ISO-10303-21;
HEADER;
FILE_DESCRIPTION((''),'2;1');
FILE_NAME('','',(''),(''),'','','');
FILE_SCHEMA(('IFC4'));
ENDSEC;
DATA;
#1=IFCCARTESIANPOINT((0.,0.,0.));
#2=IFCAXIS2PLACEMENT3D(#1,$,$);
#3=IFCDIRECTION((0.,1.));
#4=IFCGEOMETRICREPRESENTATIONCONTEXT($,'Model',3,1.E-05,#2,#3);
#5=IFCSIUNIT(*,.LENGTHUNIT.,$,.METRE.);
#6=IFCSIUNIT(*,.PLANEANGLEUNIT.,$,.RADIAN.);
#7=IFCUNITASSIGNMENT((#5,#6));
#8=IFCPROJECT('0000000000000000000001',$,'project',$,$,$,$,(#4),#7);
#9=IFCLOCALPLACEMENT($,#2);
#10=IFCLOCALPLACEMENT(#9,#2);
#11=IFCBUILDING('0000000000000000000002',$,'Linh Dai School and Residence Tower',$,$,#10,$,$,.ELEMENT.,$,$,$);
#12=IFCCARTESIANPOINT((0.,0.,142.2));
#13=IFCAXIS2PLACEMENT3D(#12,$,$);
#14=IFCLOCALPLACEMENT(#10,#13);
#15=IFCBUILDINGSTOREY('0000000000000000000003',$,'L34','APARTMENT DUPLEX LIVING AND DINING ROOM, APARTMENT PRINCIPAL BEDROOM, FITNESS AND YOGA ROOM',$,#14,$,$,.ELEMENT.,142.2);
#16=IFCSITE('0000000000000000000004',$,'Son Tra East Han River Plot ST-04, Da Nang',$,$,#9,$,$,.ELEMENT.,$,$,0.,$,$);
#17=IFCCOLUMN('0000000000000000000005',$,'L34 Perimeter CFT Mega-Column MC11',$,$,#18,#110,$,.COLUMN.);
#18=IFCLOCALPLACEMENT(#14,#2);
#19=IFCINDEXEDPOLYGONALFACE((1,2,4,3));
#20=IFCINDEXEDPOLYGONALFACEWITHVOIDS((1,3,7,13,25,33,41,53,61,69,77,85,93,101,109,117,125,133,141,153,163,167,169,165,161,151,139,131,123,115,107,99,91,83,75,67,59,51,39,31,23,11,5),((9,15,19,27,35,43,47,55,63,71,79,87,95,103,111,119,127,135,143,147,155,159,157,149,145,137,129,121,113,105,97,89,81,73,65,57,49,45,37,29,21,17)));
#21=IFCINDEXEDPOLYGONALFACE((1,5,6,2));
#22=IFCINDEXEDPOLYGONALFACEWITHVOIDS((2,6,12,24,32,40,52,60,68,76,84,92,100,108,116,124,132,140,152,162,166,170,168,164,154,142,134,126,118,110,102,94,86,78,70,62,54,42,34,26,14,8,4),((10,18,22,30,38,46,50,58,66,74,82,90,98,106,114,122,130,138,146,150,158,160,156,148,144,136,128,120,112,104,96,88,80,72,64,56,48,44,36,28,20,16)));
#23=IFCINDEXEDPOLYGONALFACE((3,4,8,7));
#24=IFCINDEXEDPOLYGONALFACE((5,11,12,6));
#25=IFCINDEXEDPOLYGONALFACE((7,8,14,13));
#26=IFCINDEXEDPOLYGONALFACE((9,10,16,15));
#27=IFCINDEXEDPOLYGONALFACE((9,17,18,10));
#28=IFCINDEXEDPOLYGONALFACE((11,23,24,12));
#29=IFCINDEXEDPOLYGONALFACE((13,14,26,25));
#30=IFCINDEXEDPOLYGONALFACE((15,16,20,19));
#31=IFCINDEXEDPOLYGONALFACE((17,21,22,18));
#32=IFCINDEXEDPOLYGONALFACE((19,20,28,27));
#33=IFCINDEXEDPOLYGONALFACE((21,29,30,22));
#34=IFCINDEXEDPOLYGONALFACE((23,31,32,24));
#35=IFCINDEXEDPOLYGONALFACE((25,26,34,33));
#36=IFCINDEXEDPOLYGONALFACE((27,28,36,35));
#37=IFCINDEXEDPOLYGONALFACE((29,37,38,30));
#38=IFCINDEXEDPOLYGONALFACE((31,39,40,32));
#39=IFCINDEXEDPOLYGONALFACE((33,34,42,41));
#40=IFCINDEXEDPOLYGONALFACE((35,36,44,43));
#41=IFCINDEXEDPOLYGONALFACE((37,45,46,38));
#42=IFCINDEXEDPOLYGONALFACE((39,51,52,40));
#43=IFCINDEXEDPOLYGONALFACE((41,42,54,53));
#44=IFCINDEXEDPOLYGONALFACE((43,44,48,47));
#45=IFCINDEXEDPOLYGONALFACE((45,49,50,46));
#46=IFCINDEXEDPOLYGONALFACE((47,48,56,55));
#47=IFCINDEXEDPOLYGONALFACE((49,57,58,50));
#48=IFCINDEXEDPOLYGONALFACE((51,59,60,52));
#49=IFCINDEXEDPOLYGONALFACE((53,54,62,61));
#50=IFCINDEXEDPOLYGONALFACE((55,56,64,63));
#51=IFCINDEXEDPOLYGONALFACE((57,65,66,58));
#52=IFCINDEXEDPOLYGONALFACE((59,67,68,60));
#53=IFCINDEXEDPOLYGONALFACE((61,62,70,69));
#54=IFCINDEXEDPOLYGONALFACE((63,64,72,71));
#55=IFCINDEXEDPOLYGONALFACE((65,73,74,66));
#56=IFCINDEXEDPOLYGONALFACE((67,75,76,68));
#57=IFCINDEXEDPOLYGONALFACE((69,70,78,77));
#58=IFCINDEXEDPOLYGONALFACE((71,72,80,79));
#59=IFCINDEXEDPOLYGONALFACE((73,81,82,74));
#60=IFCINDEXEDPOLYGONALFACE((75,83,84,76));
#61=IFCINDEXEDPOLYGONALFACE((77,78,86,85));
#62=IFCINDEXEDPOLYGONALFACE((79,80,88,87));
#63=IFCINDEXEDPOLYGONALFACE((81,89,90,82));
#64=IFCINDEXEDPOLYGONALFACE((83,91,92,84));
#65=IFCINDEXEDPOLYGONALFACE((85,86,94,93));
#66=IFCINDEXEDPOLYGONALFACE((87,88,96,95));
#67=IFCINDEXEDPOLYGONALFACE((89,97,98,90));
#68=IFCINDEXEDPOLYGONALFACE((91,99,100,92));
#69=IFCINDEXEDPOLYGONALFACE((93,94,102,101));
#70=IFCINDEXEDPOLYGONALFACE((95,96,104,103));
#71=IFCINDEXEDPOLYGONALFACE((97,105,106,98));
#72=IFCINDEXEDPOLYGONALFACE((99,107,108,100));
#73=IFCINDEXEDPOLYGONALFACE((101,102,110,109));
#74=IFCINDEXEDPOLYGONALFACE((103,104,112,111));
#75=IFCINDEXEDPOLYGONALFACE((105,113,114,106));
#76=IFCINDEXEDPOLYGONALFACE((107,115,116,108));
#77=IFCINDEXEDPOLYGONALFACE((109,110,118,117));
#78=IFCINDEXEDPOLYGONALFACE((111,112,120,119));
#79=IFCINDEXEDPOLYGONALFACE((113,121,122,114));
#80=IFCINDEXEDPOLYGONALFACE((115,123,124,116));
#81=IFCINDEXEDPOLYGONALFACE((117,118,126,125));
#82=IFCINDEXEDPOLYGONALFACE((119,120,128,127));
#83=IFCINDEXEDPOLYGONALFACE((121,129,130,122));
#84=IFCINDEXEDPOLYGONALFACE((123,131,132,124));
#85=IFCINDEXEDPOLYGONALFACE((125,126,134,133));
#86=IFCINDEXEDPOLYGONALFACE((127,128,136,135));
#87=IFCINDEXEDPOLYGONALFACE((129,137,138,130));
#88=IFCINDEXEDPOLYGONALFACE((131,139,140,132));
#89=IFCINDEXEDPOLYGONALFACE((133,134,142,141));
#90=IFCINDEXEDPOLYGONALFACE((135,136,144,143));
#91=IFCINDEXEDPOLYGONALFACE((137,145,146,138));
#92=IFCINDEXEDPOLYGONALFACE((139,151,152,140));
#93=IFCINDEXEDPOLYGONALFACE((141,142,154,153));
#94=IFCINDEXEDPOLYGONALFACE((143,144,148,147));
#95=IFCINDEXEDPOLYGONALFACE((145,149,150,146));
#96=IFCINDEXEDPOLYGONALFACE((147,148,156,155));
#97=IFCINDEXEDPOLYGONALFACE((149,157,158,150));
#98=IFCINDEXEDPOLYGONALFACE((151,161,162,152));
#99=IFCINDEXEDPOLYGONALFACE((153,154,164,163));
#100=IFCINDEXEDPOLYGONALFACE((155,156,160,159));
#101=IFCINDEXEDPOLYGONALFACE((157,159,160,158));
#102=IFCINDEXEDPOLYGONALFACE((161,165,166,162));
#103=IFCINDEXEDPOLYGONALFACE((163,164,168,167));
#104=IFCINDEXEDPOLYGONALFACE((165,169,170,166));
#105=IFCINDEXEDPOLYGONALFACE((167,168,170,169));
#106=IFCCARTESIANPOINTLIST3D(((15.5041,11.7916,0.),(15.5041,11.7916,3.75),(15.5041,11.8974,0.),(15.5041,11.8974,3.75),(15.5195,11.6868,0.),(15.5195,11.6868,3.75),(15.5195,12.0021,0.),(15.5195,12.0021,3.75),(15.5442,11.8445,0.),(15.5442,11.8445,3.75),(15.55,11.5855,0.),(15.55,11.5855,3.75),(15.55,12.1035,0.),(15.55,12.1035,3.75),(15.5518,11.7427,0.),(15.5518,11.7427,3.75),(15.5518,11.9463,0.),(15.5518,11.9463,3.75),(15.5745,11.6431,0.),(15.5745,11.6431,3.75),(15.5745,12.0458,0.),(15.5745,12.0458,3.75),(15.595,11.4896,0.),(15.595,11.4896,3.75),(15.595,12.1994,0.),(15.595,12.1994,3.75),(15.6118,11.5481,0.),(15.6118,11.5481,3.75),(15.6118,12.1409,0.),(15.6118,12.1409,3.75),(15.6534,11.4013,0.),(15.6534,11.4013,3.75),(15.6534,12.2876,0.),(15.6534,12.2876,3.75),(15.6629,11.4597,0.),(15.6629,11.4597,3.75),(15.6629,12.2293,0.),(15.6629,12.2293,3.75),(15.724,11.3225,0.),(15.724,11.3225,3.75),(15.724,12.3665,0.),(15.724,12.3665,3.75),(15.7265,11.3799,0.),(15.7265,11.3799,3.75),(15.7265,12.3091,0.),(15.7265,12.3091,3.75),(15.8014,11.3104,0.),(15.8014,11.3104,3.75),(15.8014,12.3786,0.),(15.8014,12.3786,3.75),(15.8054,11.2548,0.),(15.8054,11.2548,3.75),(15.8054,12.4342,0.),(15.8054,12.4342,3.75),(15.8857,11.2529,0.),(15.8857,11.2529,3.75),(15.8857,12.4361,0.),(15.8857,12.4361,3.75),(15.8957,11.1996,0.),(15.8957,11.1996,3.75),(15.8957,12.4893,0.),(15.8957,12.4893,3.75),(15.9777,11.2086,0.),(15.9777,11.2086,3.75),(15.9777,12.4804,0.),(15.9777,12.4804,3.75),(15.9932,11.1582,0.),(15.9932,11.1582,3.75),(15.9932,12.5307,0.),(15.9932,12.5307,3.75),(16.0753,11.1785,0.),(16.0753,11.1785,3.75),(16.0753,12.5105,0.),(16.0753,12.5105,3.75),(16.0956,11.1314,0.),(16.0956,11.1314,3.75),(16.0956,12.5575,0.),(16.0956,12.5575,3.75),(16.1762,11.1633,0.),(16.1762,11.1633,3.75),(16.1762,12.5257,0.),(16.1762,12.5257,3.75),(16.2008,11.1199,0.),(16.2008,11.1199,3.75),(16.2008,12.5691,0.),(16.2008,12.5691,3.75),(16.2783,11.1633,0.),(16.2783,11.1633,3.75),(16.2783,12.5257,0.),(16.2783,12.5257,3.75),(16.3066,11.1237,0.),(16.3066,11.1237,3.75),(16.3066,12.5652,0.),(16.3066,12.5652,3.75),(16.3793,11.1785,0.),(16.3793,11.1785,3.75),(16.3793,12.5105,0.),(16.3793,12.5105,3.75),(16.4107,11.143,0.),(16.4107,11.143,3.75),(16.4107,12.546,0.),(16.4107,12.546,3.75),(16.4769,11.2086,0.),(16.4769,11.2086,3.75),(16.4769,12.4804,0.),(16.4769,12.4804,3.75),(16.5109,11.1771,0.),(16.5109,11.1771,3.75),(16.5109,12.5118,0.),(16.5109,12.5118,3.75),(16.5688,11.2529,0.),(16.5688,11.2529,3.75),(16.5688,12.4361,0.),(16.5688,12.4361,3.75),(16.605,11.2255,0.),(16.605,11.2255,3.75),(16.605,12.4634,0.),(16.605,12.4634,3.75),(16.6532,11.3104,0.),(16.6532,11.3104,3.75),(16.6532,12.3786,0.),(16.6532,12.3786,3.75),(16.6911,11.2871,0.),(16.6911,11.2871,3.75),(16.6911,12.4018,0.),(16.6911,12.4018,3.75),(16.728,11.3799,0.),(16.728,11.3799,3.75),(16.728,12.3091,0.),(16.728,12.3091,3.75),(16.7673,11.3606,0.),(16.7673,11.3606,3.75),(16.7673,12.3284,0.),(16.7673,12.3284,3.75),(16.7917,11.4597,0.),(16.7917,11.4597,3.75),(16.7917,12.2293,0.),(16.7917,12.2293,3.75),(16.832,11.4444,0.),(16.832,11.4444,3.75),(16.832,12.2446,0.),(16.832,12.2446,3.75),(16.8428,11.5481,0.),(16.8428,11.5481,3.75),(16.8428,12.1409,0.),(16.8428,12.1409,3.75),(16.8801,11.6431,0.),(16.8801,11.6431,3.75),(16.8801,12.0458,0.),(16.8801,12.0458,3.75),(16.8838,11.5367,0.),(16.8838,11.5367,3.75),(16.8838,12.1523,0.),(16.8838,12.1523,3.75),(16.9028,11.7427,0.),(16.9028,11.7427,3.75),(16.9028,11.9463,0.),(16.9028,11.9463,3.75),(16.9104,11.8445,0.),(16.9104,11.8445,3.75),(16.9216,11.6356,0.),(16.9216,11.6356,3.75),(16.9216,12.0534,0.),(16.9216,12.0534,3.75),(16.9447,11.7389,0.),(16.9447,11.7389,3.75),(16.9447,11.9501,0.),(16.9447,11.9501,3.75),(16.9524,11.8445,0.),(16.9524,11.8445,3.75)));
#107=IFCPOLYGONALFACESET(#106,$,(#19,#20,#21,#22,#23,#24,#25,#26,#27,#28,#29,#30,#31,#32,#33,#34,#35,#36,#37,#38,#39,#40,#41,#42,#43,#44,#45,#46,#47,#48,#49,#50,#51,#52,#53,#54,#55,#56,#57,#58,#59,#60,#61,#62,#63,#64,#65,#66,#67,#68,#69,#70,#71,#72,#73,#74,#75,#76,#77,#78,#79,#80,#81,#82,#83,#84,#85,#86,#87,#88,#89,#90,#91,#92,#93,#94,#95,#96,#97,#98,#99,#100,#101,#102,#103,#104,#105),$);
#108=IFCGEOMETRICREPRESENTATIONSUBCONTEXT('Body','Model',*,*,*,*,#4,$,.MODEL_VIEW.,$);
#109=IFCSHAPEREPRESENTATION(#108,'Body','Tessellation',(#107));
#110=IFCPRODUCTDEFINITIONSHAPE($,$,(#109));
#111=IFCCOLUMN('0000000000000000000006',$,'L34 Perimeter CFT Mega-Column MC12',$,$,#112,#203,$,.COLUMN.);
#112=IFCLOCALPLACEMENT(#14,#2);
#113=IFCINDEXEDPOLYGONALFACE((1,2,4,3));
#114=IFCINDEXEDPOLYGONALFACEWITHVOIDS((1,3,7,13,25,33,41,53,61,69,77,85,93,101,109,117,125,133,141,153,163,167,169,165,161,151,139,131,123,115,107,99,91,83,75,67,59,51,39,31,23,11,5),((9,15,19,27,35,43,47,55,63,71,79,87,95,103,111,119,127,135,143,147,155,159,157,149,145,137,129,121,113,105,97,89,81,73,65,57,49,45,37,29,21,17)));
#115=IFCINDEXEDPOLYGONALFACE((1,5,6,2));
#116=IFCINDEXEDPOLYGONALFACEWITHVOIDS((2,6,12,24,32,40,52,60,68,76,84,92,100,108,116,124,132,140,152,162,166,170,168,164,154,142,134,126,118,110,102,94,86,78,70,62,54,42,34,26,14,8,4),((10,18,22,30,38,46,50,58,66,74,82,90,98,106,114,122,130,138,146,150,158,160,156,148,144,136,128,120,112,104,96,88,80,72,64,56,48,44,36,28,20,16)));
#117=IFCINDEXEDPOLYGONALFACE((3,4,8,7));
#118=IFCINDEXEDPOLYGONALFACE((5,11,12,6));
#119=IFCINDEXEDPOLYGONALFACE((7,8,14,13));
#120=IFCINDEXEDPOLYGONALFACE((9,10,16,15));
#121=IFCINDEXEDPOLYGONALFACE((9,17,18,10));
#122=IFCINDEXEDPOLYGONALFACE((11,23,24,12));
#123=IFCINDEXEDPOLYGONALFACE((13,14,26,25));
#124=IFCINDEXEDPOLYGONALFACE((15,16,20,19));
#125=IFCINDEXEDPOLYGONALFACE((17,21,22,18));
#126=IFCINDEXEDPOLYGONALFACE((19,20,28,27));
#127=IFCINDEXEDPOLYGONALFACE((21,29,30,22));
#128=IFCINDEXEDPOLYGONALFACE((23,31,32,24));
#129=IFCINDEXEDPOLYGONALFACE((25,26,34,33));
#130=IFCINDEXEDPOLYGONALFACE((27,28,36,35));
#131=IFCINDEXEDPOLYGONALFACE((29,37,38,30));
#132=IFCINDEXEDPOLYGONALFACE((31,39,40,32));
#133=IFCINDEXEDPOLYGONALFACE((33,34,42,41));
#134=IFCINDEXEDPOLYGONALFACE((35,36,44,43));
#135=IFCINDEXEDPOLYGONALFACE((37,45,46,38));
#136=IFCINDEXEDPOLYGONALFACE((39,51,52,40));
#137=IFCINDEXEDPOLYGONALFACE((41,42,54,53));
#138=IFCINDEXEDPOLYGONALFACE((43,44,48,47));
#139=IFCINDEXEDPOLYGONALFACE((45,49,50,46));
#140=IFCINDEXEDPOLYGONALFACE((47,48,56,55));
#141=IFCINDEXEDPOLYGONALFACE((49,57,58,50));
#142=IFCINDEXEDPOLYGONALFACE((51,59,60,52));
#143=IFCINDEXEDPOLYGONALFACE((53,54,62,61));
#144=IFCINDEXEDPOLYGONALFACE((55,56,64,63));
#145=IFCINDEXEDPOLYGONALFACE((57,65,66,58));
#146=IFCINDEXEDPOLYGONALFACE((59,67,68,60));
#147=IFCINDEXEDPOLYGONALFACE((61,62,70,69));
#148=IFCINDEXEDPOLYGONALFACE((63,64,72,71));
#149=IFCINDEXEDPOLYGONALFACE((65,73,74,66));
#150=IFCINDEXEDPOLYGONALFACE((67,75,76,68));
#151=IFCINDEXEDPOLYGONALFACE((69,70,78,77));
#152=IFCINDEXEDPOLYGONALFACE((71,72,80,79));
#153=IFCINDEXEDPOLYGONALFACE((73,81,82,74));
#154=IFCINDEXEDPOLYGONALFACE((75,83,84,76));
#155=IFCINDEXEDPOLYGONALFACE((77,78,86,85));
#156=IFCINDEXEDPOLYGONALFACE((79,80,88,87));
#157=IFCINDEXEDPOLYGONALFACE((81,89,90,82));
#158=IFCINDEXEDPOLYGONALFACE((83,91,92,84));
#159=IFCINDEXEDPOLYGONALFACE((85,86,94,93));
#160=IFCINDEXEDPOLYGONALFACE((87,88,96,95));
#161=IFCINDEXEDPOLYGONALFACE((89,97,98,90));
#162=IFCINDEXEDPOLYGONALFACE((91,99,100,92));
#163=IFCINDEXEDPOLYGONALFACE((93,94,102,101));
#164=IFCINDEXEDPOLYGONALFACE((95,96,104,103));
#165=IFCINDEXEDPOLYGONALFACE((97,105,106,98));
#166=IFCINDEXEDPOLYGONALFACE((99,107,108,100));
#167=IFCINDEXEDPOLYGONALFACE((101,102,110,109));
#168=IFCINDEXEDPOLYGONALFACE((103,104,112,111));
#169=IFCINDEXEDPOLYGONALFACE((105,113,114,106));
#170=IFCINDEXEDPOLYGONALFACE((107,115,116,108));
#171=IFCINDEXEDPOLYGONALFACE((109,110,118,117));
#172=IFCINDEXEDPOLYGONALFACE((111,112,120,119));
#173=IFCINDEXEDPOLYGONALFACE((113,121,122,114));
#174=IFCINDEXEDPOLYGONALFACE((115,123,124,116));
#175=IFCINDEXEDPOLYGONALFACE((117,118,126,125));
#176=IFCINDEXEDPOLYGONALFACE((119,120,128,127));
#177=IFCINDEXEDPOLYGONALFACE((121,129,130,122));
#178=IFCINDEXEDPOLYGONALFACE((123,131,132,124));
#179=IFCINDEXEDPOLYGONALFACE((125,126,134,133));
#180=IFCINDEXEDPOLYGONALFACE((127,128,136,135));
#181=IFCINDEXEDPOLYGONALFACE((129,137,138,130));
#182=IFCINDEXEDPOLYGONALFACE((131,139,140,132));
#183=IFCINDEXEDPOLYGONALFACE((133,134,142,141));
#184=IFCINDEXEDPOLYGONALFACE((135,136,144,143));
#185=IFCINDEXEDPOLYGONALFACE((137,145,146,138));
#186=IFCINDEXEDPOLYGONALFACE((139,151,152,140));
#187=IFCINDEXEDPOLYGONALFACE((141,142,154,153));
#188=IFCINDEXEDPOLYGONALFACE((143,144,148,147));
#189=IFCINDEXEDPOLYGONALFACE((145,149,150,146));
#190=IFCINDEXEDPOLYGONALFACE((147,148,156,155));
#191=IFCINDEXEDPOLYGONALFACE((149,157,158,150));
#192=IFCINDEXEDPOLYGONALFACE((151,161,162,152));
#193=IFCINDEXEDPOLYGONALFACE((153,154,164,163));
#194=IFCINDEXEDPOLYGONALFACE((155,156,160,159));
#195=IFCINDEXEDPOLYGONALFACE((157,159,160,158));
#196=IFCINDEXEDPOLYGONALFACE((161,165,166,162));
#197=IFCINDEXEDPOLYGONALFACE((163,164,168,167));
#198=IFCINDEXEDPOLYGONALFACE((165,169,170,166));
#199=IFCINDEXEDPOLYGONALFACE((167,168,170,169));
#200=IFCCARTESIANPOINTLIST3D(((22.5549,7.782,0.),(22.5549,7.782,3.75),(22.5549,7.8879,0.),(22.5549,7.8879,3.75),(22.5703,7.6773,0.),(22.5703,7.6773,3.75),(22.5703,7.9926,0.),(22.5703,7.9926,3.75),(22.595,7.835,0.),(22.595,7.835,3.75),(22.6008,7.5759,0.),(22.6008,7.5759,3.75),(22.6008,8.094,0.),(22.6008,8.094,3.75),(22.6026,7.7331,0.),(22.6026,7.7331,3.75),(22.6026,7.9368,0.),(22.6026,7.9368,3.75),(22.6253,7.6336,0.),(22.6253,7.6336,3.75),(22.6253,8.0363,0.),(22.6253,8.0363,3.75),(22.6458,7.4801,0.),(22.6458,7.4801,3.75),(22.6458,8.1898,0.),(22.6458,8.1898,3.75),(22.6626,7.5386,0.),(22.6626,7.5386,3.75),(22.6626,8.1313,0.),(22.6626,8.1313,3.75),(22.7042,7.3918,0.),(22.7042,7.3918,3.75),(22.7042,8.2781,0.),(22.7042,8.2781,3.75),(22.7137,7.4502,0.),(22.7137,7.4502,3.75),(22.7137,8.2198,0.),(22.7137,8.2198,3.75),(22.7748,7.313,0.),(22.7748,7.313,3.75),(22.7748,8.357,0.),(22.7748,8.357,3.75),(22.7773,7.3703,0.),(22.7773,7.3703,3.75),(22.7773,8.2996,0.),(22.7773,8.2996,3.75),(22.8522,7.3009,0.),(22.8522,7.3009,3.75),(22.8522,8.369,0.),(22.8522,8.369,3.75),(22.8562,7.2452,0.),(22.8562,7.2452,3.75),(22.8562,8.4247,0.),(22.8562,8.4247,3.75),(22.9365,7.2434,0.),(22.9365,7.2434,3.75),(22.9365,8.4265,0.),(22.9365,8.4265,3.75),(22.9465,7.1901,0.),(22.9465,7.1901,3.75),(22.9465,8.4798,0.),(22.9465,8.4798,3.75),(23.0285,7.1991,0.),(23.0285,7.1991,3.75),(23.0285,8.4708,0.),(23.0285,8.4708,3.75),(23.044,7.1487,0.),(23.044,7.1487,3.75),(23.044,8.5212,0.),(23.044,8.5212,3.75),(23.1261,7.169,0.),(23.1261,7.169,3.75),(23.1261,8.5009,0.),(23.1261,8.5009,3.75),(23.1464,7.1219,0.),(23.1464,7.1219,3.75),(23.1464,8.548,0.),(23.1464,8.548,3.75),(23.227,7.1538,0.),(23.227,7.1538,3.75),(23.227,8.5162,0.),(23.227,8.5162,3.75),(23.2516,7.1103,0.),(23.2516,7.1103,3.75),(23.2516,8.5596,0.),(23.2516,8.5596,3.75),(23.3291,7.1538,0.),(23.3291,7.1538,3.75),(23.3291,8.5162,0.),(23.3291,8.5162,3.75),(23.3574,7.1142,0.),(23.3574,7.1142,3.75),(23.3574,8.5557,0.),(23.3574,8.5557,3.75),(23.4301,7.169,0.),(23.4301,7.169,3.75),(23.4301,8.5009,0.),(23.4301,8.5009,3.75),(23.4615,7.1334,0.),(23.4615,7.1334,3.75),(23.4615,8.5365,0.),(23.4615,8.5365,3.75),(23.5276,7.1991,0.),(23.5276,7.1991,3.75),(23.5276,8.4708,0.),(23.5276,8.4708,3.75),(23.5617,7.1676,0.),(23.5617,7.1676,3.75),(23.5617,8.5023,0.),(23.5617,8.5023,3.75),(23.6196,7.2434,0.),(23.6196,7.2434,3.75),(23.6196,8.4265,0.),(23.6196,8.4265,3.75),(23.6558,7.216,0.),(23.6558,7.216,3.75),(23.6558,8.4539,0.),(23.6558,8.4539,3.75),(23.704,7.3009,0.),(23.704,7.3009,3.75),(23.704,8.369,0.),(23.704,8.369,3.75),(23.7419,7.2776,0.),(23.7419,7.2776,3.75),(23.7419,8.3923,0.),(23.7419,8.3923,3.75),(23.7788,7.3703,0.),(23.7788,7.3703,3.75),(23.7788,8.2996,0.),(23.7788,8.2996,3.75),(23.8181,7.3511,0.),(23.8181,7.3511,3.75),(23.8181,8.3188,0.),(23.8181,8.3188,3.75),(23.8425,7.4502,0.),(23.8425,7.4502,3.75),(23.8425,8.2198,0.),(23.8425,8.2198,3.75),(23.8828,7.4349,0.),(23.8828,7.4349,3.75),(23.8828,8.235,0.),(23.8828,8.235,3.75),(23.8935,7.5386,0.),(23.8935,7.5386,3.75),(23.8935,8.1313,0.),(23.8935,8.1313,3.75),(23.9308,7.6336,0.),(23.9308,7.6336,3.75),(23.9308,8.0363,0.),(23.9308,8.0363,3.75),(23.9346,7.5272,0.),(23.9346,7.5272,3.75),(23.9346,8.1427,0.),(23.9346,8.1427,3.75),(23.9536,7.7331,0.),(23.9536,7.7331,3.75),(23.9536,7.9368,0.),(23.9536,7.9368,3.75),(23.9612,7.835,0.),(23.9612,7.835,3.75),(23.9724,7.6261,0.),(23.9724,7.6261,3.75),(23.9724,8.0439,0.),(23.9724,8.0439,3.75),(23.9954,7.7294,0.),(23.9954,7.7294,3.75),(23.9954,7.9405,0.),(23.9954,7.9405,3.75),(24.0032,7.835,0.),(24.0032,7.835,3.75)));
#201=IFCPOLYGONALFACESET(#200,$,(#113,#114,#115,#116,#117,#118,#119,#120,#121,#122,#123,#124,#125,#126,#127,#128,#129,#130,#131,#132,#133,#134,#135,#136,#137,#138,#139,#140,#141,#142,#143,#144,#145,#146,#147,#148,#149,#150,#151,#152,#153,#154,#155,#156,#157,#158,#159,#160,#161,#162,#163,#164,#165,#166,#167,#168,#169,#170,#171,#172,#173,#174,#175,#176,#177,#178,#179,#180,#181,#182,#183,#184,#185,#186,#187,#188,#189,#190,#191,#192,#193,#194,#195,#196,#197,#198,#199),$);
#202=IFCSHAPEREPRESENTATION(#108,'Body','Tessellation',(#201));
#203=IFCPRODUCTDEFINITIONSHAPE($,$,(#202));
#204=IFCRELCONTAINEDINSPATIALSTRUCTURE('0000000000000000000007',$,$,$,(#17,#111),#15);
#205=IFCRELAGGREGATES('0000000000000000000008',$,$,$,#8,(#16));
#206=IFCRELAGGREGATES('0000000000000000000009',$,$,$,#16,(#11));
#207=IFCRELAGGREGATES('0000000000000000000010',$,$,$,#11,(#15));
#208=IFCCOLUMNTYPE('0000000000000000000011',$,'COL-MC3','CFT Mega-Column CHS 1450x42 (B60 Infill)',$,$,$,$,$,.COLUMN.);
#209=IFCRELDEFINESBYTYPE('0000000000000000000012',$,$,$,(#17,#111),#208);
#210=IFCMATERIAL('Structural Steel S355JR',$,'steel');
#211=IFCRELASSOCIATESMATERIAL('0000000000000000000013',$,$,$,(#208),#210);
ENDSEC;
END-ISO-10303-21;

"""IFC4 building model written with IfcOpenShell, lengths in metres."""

from ifc_helpers import new_model, si_unit, direction, frame, origin, origin_2d, place, context, subcontext, project, spatial, hollow_circle, extrude, material, material_profile, profile_set, type_object, element, save


model = new_model("IFC4")

# Units and contexts
model_context = context("Model", 3, precision=1e-05, world=origin(), true_north=direction((0.0, 1.0)))
body_context = subcontext(model_context, "Body", "Model", "MODEL_VIEW")
ifc_project = project(units=[si_unit("LENGTHUNIT", "METRE"), si_unit("PLANEANGLEUNIT", "RADIAN")], contexts=[model_context])

# Site, building, storey
site_placement = place(None, origin())
site = spatial("IfcSite", under=ifc_project, at=site_placement, Name="Son Tra East Han River Plot ST-04, Da Nang", CompositionType="ELEMENT", RefElevation=0.0)
building_placement = place(site_placement, origin())
building = spatial("IfcBuilding", under=site, at=building_placement, Name="Linh Dai School and Residence Tower", CompositionType="ELEMENT")
storey_placement = place(building_placement, frame((0.0, 0.0, 142.2)))
storey = spatial("IfcBuildingStorey", under=building, at=storey_placement, Name="L34", Description="APARTMENT DUPLEX LIVING AND DINING ROOM, APARTMENT PRINCIPAL BEDROOM, FITNESS AND YOGA ROOM", CompositionType="ELEMENT", Elevation=142.2)

# Columns
ifc_material_1 = material(Name="Structural Steel S355JR", Category="steel")
ifc_material_profile_1 = material_profile(ifc_material_1, hollow_circle(Radius=0.7251, WallThickness=0.042, at=origin_2d()), Name="CHS 1450x42")
ifc_profile_set_1 = profile_set([ifc_material_profile_1], Name="Structural Steel S355JR")
column_type = type_object("IfcColumnType", Name="COL-MC3", Description="CFT Mega-Column CHS 1450x42 (B60 Infill)", PredefinedType="COLUMN", material=ifc_profile_set_1)
for number, where, z_axis, x_axis, name in (
    (1, (16.2273, 11.8445, 0.0), (0.0, 0.0, 1.0), (1.0, 0.0, 0.0), "L34 Perimeter CFT Mega-Column MC11"),
    (2, (23.2781, 7.835, 0.0), (0.0, 0.0, 1.0), (1.0, 0.0, 0.0), "L34 Perimeter CFT Mega-Column MC12"),
):
    element("IfcColumn", number, at=place(storey_placement, frame(where, z_axis=z_axis, x_axis=x_axis)), inside=storey, type_object=column_type, Name=name, PredefinedType="COLUMN", context=body_context, shape_type="SweptSolid", body=[
        extrude(hollow_circle(Radius=0.7251, WallThickness=0.042, at=origin_2d()), origin(), (0.0, 0.0, 1.0), 3.75),
    ])

save(model, "model.ifc")
